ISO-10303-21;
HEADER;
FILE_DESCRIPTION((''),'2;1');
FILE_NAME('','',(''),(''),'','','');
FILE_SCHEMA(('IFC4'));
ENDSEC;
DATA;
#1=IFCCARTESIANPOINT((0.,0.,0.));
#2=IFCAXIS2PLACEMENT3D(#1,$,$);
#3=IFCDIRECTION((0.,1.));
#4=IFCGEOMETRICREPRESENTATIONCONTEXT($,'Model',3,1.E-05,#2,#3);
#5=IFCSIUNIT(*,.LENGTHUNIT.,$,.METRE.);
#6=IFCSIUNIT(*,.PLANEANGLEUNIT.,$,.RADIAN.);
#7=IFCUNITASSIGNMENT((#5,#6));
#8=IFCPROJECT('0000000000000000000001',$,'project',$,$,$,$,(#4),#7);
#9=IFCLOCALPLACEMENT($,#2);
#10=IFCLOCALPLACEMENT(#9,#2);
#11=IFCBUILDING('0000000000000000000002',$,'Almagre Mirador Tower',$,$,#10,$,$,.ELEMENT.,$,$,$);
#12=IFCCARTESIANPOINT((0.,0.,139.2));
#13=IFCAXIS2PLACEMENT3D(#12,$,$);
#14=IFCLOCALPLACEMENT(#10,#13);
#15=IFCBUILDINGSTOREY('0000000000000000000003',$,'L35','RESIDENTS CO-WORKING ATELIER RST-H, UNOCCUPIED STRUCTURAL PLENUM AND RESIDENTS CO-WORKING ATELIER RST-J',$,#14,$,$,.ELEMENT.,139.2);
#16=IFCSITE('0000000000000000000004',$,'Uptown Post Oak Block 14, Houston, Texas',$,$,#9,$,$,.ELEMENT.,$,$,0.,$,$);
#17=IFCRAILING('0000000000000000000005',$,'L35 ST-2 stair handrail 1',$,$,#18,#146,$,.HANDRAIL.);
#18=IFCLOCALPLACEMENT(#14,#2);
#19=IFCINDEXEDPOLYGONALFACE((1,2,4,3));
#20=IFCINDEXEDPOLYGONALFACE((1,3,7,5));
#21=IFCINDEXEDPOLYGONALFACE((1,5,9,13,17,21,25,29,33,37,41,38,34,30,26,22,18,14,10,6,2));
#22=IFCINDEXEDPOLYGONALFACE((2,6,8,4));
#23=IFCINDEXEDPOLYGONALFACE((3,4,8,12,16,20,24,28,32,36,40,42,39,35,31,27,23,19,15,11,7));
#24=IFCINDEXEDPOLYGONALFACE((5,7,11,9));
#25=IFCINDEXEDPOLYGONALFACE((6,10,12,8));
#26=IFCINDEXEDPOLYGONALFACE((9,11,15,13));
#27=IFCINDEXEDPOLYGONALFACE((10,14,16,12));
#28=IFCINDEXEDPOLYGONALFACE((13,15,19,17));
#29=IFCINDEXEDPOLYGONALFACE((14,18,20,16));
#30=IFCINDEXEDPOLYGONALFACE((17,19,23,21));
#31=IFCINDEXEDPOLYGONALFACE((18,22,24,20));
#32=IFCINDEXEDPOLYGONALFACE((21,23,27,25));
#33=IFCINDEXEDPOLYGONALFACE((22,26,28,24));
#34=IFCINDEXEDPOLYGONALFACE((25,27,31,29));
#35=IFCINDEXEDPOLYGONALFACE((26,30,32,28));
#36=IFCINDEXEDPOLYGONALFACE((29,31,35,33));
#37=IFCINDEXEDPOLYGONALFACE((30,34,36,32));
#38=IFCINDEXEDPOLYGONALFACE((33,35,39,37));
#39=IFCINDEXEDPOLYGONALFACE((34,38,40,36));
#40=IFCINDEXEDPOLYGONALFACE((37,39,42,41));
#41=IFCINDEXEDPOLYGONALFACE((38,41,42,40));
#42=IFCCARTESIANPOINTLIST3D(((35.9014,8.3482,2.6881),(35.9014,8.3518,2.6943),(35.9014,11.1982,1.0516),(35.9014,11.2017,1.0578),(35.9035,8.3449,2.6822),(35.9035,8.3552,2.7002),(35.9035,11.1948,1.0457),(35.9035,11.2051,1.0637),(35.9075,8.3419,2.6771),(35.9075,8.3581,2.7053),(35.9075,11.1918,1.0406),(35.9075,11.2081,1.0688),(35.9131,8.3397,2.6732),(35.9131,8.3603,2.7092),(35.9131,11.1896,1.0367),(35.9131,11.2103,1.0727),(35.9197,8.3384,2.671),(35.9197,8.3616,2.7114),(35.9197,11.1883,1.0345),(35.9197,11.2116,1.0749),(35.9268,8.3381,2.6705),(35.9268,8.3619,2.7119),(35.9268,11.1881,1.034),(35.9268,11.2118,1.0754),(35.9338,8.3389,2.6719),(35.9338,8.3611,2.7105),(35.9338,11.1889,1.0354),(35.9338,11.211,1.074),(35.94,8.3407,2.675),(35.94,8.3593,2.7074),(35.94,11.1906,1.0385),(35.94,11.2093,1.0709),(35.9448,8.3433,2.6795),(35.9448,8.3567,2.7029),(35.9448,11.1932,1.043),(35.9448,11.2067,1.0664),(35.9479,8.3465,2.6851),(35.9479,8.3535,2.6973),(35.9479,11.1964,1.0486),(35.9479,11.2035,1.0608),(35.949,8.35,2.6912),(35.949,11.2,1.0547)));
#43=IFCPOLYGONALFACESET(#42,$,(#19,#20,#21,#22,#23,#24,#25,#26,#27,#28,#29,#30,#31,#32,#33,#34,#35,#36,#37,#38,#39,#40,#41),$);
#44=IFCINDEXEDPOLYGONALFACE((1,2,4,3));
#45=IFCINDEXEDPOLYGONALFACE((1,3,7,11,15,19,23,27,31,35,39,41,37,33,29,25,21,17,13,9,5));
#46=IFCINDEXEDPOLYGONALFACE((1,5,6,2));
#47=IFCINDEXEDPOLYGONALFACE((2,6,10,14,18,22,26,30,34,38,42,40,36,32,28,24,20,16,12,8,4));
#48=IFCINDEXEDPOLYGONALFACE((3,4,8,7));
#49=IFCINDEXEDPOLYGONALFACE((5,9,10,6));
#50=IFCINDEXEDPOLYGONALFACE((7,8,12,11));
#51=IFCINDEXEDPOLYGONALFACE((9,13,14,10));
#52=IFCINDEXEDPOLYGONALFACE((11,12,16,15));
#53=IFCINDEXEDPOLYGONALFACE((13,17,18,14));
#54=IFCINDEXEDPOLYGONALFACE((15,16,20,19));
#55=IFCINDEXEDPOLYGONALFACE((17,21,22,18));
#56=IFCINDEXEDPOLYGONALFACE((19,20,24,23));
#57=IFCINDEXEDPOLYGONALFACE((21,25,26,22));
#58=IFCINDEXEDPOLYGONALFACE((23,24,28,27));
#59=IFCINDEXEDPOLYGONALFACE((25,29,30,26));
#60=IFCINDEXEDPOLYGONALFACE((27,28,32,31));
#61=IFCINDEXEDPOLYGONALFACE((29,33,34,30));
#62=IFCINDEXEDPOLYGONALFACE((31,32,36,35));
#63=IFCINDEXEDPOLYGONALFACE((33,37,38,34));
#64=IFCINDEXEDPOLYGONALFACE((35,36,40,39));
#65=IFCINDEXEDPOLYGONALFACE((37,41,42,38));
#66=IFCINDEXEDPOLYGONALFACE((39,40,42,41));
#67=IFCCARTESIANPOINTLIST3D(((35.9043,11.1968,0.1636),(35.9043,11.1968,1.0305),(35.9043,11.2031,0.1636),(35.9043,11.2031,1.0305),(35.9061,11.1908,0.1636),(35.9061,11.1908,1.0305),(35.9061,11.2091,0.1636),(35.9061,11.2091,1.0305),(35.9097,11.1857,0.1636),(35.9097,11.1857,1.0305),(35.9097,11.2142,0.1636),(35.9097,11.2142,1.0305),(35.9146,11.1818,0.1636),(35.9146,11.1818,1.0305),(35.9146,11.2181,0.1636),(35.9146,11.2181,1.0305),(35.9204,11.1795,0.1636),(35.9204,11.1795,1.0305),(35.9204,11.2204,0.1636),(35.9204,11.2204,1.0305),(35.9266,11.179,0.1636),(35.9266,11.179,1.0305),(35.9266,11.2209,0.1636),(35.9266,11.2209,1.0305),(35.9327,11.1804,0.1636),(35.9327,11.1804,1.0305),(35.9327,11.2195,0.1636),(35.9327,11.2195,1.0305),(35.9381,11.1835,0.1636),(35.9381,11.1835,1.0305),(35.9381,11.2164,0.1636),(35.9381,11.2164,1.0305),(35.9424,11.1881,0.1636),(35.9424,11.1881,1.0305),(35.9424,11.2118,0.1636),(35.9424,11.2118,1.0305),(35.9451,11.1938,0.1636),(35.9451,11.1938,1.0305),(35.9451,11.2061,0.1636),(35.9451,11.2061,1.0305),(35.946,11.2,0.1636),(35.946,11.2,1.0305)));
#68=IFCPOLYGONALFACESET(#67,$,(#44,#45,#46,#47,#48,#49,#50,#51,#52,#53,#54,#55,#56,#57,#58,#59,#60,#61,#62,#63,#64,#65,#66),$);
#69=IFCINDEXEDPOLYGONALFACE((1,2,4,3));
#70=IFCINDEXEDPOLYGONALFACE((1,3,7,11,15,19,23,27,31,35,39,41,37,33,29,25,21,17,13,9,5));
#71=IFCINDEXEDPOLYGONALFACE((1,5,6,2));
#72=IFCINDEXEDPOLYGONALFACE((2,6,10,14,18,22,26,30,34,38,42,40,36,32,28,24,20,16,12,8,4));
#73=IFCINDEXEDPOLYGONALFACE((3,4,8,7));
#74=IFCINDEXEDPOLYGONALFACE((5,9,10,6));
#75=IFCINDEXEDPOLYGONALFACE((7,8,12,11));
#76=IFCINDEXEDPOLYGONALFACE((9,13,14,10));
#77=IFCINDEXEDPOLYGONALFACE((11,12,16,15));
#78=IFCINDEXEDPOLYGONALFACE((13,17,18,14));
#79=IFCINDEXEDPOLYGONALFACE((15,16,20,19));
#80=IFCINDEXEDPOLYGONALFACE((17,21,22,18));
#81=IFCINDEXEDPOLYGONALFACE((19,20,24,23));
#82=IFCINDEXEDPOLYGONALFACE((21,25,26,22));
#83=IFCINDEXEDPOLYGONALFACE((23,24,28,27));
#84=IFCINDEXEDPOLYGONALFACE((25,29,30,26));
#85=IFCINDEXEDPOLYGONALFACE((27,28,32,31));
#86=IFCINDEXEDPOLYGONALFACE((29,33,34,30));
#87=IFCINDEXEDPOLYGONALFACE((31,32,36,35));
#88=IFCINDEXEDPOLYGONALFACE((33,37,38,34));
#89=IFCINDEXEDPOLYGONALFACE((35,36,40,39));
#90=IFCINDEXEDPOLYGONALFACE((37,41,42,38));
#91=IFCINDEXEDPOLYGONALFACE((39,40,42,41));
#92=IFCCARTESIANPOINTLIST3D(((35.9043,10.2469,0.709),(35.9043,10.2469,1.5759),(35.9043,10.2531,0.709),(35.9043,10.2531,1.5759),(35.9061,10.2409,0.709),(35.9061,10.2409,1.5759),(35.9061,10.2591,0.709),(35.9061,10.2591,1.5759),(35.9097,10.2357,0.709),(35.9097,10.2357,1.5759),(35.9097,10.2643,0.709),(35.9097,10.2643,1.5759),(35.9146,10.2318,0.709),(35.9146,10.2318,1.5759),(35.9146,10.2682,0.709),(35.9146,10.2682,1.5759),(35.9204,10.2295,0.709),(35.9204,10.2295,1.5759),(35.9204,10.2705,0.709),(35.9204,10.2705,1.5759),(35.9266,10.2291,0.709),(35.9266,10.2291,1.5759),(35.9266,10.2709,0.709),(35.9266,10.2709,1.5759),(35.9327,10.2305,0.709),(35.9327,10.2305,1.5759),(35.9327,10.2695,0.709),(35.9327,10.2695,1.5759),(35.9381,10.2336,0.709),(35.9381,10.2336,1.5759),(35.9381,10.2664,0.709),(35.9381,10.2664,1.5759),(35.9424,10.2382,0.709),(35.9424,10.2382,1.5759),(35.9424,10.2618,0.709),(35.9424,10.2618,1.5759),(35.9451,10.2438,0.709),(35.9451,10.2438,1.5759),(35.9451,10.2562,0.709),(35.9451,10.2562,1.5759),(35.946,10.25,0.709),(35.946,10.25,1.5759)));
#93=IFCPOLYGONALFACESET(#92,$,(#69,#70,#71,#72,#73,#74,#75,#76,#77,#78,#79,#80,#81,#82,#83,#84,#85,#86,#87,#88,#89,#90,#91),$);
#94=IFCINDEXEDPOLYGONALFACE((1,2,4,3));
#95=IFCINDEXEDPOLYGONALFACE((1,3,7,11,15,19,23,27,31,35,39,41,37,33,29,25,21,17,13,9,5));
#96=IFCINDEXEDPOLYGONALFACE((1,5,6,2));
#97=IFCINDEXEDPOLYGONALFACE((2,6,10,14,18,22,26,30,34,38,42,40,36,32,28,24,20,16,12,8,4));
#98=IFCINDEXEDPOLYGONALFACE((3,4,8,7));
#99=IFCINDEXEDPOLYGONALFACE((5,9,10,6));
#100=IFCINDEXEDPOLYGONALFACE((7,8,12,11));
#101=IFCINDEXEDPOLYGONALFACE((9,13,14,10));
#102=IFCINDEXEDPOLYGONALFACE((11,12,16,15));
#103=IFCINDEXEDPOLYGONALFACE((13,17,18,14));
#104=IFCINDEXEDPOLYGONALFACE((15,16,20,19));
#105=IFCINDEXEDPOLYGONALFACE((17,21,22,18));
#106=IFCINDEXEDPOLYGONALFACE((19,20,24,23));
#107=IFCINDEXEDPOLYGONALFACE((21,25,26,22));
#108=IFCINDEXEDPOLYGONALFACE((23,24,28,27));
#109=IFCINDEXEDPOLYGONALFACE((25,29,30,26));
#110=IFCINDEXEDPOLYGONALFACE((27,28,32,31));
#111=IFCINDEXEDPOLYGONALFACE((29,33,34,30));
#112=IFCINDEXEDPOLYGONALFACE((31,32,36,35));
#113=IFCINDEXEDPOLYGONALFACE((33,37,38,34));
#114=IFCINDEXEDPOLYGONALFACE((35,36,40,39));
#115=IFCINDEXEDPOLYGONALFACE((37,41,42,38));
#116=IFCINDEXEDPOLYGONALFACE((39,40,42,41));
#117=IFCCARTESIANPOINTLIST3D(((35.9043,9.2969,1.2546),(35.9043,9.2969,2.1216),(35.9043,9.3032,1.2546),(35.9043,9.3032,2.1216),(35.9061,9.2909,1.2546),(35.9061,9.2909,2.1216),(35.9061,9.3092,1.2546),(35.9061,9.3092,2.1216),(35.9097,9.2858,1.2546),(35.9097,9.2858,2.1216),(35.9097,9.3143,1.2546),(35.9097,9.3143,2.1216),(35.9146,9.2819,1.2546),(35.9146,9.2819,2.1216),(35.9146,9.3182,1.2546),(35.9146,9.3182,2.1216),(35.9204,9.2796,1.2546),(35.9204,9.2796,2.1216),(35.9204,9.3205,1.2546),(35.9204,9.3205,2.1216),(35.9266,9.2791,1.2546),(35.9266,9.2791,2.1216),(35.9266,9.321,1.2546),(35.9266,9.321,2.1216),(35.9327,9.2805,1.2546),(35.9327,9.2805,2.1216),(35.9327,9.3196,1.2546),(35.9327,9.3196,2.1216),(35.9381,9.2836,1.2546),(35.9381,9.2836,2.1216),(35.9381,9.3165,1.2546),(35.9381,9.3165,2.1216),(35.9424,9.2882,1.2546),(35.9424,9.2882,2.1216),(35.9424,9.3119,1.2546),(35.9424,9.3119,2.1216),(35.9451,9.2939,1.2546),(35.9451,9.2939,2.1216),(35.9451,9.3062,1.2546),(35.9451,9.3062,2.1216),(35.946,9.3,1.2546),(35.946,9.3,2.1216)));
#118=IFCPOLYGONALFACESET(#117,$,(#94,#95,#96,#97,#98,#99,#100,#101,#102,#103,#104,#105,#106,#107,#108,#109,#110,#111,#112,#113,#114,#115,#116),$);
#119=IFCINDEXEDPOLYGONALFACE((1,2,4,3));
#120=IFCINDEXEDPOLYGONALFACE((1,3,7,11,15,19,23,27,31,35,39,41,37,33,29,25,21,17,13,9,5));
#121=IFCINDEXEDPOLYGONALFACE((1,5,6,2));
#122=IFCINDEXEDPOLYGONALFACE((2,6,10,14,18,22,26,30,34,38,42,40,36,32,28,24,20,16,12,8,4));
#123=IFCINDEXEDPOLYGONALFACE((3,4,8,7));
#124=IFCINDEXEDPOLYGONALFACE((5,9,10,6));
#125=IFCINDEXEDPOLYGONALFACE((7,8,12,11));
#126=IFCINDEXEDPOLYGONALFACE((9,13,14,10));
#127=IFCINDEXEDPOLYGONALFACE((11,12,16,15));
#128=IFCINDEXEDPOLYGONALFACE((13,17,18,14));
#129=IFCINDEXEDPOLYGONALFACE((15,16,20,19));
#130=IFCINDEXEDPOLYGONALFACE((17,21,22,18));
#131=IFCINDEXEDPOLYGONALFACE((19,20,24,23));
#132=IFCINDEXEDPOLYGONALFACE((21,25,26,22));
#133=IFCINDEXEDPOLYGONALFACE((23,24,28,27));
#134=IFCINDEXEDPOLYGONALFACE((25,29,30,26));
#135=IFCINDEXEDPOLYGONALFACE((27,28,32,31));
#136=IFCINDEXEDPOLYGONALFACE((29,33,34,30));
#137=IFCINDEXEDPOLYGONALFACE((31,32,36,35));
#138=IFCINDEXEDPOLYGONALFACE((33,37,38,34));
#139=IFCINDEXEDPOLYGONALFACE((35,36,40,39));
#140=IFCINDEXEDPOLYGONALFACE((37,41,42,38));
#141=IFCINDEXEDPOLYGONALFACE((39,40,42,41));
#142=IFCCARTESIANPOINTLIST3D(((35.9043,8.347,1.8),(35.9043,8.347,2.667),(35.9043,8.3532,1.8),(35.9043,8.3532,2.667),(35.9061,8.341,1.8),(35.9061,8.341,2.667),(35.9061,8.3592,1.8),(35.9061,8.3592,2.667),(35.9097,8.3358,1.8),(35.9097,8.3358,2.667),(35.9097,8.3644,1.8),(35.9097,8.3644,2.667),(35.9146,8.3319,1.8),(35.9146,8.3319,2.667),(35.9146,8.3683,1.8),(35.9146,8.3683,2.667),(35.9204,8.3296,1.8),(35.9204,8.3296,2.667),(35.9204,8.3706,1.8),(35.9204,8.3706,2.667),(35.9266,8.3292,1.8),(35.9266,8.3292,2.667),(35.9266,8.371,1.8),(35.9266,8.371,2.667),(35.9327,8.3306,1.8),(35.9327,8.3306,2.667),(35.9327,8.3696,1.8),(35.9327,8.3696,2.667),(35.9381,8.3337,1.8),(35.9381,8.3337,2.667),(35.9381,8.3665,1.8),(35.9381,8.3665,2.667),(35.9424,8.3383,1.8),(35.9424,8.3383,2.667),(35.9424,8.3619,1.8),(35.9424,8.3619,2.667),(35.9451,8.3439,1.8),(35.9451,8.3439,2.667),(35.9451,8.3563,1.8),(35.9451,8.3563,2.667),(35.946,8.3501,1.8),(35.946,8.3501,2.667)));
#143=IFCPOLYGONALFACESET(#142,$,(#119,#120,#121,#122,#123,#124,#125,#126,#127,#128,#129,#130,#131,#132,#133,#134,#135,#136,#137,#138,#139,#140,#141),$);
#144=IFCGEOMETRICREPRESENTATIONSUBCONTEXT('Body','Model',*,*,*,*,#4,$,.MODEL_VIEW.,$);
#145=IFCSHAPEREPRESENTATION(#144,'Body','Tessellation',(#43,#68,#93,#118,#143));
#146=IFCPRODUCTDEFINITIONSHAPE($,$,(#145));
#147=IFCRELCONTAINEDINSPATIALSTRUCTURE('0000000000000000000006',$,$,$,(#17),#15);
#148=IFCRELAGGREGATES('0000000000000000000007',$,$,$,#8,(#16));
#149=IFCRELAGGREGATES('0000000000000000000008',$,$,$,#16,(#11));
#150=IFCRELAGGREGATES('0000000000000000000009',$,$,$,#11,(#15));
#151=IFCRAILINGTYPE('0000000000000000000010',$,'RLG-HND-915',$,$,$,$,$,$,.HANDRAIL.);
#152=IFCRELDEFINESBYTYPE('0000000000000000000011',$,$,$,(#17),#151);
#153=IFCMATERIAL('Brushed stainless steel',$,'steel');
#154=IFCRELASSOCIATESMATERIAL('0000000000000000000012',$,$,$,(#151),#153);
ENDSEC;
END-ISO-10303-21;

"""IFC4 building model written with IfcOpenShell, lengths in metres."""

from ifc_helpers import new_model, si_unit, direction, frame, origin, origin_2d, place, context, subcontext, project, spatial, circle, extrude, material, type_object, element, save


model = new_model("IFC4")

# Units and contexts
model_context = context("Model", 3, precision=1e-05, world=origin(), true_north=direction((0.0, 1.0)))
body_context = subcontext(model_context, "Body", "Model", "MODEL_VIEW")
ifc_project = project(units=[si_unit("LENGTHUNIT", "METRE"), si_unit("PLANEANGLEUNIT", "RADIAN")], contexts=[model_context])

# Site, building, storey
site_placement = place(None, origin())
site = spatial("IfcSite", under=ifc_project, at=site_placement, Name="Uptown Post Oak Block 14, Houston, Texas", CompositionType="ELEMENT", RefElevation=0.0)
building_placement = place(site_placement, origin())
building = spatial("IfcBuilding", under=site, at=building_placement, Name="Almagre Mirador Tower", CompositionType="ELEMENT")
storey_placement = place(building_placement, frame((0.0, 0.0, 139.2)))
storey = spatial("IfcBuildingStorey", under=building, at=storey_placement, Name="L35", Description="RESIDENTS CO-WORKING ATELIER RST-H, UNOCCUPIED STRUCTURAL PLENUM AND RESIDENTS CO-WORKING ATELIER RST-J", CompositionType="ELEMENT", Elevation=139.2)

# Railing
ifc_material_1 = material(Name="Brushed stainless steel", Category="steel")
railing_type_1 = type_object("IfcRailingType", Name="RLG-HND-915", PredefinedType="HANDRAIL", material=ifc_material_1)
railing_1_placement = place(storey_placement, frame((35.925, 11.2, 0.1636)))
element("IfcRailing", 1, at=railing_1_placement, inside=storey, type_object=railing_type_1, Name="L35 ST-2 stair handrail 1", PredefinedType="HANDRAIL", context=body_context, shape_type="SweptSolid", body=[
    extrude(circle(Radius=0.0239, at=origin_2d()), frame((0.0, 0.0, 0.8911), z_axis=(0.0, -0.867194, 0.49797), x_axis=(1.0, 0.0, 0.0)), (0.0, 0.0, 1.0), 3.2864),
    extrude(circle(Radius=0.021, at=origin_2d()), origin(), (0.0, 0.0, 1.0), 0.8669),
    extrude(circle(Radius=0.021, at=origin_2d()), frame((0.0, -0.95, 0.5454)), (0.0, 0.0, 1.0), 0.8669),
    extrude(circle(Radius=0.021, at=origin_2d()), frame((0.0, -1.8999, 1.0911)), (0.0, 0.0, 1.0), 0.8669),
    extrude(circle(Radius=0.021, at=origin_2d()), frame((0.0, -2.8499, 1.6365)), (0.0, 0.0, 1.0), 0.8669),
])

save(model, "model.ifc")
